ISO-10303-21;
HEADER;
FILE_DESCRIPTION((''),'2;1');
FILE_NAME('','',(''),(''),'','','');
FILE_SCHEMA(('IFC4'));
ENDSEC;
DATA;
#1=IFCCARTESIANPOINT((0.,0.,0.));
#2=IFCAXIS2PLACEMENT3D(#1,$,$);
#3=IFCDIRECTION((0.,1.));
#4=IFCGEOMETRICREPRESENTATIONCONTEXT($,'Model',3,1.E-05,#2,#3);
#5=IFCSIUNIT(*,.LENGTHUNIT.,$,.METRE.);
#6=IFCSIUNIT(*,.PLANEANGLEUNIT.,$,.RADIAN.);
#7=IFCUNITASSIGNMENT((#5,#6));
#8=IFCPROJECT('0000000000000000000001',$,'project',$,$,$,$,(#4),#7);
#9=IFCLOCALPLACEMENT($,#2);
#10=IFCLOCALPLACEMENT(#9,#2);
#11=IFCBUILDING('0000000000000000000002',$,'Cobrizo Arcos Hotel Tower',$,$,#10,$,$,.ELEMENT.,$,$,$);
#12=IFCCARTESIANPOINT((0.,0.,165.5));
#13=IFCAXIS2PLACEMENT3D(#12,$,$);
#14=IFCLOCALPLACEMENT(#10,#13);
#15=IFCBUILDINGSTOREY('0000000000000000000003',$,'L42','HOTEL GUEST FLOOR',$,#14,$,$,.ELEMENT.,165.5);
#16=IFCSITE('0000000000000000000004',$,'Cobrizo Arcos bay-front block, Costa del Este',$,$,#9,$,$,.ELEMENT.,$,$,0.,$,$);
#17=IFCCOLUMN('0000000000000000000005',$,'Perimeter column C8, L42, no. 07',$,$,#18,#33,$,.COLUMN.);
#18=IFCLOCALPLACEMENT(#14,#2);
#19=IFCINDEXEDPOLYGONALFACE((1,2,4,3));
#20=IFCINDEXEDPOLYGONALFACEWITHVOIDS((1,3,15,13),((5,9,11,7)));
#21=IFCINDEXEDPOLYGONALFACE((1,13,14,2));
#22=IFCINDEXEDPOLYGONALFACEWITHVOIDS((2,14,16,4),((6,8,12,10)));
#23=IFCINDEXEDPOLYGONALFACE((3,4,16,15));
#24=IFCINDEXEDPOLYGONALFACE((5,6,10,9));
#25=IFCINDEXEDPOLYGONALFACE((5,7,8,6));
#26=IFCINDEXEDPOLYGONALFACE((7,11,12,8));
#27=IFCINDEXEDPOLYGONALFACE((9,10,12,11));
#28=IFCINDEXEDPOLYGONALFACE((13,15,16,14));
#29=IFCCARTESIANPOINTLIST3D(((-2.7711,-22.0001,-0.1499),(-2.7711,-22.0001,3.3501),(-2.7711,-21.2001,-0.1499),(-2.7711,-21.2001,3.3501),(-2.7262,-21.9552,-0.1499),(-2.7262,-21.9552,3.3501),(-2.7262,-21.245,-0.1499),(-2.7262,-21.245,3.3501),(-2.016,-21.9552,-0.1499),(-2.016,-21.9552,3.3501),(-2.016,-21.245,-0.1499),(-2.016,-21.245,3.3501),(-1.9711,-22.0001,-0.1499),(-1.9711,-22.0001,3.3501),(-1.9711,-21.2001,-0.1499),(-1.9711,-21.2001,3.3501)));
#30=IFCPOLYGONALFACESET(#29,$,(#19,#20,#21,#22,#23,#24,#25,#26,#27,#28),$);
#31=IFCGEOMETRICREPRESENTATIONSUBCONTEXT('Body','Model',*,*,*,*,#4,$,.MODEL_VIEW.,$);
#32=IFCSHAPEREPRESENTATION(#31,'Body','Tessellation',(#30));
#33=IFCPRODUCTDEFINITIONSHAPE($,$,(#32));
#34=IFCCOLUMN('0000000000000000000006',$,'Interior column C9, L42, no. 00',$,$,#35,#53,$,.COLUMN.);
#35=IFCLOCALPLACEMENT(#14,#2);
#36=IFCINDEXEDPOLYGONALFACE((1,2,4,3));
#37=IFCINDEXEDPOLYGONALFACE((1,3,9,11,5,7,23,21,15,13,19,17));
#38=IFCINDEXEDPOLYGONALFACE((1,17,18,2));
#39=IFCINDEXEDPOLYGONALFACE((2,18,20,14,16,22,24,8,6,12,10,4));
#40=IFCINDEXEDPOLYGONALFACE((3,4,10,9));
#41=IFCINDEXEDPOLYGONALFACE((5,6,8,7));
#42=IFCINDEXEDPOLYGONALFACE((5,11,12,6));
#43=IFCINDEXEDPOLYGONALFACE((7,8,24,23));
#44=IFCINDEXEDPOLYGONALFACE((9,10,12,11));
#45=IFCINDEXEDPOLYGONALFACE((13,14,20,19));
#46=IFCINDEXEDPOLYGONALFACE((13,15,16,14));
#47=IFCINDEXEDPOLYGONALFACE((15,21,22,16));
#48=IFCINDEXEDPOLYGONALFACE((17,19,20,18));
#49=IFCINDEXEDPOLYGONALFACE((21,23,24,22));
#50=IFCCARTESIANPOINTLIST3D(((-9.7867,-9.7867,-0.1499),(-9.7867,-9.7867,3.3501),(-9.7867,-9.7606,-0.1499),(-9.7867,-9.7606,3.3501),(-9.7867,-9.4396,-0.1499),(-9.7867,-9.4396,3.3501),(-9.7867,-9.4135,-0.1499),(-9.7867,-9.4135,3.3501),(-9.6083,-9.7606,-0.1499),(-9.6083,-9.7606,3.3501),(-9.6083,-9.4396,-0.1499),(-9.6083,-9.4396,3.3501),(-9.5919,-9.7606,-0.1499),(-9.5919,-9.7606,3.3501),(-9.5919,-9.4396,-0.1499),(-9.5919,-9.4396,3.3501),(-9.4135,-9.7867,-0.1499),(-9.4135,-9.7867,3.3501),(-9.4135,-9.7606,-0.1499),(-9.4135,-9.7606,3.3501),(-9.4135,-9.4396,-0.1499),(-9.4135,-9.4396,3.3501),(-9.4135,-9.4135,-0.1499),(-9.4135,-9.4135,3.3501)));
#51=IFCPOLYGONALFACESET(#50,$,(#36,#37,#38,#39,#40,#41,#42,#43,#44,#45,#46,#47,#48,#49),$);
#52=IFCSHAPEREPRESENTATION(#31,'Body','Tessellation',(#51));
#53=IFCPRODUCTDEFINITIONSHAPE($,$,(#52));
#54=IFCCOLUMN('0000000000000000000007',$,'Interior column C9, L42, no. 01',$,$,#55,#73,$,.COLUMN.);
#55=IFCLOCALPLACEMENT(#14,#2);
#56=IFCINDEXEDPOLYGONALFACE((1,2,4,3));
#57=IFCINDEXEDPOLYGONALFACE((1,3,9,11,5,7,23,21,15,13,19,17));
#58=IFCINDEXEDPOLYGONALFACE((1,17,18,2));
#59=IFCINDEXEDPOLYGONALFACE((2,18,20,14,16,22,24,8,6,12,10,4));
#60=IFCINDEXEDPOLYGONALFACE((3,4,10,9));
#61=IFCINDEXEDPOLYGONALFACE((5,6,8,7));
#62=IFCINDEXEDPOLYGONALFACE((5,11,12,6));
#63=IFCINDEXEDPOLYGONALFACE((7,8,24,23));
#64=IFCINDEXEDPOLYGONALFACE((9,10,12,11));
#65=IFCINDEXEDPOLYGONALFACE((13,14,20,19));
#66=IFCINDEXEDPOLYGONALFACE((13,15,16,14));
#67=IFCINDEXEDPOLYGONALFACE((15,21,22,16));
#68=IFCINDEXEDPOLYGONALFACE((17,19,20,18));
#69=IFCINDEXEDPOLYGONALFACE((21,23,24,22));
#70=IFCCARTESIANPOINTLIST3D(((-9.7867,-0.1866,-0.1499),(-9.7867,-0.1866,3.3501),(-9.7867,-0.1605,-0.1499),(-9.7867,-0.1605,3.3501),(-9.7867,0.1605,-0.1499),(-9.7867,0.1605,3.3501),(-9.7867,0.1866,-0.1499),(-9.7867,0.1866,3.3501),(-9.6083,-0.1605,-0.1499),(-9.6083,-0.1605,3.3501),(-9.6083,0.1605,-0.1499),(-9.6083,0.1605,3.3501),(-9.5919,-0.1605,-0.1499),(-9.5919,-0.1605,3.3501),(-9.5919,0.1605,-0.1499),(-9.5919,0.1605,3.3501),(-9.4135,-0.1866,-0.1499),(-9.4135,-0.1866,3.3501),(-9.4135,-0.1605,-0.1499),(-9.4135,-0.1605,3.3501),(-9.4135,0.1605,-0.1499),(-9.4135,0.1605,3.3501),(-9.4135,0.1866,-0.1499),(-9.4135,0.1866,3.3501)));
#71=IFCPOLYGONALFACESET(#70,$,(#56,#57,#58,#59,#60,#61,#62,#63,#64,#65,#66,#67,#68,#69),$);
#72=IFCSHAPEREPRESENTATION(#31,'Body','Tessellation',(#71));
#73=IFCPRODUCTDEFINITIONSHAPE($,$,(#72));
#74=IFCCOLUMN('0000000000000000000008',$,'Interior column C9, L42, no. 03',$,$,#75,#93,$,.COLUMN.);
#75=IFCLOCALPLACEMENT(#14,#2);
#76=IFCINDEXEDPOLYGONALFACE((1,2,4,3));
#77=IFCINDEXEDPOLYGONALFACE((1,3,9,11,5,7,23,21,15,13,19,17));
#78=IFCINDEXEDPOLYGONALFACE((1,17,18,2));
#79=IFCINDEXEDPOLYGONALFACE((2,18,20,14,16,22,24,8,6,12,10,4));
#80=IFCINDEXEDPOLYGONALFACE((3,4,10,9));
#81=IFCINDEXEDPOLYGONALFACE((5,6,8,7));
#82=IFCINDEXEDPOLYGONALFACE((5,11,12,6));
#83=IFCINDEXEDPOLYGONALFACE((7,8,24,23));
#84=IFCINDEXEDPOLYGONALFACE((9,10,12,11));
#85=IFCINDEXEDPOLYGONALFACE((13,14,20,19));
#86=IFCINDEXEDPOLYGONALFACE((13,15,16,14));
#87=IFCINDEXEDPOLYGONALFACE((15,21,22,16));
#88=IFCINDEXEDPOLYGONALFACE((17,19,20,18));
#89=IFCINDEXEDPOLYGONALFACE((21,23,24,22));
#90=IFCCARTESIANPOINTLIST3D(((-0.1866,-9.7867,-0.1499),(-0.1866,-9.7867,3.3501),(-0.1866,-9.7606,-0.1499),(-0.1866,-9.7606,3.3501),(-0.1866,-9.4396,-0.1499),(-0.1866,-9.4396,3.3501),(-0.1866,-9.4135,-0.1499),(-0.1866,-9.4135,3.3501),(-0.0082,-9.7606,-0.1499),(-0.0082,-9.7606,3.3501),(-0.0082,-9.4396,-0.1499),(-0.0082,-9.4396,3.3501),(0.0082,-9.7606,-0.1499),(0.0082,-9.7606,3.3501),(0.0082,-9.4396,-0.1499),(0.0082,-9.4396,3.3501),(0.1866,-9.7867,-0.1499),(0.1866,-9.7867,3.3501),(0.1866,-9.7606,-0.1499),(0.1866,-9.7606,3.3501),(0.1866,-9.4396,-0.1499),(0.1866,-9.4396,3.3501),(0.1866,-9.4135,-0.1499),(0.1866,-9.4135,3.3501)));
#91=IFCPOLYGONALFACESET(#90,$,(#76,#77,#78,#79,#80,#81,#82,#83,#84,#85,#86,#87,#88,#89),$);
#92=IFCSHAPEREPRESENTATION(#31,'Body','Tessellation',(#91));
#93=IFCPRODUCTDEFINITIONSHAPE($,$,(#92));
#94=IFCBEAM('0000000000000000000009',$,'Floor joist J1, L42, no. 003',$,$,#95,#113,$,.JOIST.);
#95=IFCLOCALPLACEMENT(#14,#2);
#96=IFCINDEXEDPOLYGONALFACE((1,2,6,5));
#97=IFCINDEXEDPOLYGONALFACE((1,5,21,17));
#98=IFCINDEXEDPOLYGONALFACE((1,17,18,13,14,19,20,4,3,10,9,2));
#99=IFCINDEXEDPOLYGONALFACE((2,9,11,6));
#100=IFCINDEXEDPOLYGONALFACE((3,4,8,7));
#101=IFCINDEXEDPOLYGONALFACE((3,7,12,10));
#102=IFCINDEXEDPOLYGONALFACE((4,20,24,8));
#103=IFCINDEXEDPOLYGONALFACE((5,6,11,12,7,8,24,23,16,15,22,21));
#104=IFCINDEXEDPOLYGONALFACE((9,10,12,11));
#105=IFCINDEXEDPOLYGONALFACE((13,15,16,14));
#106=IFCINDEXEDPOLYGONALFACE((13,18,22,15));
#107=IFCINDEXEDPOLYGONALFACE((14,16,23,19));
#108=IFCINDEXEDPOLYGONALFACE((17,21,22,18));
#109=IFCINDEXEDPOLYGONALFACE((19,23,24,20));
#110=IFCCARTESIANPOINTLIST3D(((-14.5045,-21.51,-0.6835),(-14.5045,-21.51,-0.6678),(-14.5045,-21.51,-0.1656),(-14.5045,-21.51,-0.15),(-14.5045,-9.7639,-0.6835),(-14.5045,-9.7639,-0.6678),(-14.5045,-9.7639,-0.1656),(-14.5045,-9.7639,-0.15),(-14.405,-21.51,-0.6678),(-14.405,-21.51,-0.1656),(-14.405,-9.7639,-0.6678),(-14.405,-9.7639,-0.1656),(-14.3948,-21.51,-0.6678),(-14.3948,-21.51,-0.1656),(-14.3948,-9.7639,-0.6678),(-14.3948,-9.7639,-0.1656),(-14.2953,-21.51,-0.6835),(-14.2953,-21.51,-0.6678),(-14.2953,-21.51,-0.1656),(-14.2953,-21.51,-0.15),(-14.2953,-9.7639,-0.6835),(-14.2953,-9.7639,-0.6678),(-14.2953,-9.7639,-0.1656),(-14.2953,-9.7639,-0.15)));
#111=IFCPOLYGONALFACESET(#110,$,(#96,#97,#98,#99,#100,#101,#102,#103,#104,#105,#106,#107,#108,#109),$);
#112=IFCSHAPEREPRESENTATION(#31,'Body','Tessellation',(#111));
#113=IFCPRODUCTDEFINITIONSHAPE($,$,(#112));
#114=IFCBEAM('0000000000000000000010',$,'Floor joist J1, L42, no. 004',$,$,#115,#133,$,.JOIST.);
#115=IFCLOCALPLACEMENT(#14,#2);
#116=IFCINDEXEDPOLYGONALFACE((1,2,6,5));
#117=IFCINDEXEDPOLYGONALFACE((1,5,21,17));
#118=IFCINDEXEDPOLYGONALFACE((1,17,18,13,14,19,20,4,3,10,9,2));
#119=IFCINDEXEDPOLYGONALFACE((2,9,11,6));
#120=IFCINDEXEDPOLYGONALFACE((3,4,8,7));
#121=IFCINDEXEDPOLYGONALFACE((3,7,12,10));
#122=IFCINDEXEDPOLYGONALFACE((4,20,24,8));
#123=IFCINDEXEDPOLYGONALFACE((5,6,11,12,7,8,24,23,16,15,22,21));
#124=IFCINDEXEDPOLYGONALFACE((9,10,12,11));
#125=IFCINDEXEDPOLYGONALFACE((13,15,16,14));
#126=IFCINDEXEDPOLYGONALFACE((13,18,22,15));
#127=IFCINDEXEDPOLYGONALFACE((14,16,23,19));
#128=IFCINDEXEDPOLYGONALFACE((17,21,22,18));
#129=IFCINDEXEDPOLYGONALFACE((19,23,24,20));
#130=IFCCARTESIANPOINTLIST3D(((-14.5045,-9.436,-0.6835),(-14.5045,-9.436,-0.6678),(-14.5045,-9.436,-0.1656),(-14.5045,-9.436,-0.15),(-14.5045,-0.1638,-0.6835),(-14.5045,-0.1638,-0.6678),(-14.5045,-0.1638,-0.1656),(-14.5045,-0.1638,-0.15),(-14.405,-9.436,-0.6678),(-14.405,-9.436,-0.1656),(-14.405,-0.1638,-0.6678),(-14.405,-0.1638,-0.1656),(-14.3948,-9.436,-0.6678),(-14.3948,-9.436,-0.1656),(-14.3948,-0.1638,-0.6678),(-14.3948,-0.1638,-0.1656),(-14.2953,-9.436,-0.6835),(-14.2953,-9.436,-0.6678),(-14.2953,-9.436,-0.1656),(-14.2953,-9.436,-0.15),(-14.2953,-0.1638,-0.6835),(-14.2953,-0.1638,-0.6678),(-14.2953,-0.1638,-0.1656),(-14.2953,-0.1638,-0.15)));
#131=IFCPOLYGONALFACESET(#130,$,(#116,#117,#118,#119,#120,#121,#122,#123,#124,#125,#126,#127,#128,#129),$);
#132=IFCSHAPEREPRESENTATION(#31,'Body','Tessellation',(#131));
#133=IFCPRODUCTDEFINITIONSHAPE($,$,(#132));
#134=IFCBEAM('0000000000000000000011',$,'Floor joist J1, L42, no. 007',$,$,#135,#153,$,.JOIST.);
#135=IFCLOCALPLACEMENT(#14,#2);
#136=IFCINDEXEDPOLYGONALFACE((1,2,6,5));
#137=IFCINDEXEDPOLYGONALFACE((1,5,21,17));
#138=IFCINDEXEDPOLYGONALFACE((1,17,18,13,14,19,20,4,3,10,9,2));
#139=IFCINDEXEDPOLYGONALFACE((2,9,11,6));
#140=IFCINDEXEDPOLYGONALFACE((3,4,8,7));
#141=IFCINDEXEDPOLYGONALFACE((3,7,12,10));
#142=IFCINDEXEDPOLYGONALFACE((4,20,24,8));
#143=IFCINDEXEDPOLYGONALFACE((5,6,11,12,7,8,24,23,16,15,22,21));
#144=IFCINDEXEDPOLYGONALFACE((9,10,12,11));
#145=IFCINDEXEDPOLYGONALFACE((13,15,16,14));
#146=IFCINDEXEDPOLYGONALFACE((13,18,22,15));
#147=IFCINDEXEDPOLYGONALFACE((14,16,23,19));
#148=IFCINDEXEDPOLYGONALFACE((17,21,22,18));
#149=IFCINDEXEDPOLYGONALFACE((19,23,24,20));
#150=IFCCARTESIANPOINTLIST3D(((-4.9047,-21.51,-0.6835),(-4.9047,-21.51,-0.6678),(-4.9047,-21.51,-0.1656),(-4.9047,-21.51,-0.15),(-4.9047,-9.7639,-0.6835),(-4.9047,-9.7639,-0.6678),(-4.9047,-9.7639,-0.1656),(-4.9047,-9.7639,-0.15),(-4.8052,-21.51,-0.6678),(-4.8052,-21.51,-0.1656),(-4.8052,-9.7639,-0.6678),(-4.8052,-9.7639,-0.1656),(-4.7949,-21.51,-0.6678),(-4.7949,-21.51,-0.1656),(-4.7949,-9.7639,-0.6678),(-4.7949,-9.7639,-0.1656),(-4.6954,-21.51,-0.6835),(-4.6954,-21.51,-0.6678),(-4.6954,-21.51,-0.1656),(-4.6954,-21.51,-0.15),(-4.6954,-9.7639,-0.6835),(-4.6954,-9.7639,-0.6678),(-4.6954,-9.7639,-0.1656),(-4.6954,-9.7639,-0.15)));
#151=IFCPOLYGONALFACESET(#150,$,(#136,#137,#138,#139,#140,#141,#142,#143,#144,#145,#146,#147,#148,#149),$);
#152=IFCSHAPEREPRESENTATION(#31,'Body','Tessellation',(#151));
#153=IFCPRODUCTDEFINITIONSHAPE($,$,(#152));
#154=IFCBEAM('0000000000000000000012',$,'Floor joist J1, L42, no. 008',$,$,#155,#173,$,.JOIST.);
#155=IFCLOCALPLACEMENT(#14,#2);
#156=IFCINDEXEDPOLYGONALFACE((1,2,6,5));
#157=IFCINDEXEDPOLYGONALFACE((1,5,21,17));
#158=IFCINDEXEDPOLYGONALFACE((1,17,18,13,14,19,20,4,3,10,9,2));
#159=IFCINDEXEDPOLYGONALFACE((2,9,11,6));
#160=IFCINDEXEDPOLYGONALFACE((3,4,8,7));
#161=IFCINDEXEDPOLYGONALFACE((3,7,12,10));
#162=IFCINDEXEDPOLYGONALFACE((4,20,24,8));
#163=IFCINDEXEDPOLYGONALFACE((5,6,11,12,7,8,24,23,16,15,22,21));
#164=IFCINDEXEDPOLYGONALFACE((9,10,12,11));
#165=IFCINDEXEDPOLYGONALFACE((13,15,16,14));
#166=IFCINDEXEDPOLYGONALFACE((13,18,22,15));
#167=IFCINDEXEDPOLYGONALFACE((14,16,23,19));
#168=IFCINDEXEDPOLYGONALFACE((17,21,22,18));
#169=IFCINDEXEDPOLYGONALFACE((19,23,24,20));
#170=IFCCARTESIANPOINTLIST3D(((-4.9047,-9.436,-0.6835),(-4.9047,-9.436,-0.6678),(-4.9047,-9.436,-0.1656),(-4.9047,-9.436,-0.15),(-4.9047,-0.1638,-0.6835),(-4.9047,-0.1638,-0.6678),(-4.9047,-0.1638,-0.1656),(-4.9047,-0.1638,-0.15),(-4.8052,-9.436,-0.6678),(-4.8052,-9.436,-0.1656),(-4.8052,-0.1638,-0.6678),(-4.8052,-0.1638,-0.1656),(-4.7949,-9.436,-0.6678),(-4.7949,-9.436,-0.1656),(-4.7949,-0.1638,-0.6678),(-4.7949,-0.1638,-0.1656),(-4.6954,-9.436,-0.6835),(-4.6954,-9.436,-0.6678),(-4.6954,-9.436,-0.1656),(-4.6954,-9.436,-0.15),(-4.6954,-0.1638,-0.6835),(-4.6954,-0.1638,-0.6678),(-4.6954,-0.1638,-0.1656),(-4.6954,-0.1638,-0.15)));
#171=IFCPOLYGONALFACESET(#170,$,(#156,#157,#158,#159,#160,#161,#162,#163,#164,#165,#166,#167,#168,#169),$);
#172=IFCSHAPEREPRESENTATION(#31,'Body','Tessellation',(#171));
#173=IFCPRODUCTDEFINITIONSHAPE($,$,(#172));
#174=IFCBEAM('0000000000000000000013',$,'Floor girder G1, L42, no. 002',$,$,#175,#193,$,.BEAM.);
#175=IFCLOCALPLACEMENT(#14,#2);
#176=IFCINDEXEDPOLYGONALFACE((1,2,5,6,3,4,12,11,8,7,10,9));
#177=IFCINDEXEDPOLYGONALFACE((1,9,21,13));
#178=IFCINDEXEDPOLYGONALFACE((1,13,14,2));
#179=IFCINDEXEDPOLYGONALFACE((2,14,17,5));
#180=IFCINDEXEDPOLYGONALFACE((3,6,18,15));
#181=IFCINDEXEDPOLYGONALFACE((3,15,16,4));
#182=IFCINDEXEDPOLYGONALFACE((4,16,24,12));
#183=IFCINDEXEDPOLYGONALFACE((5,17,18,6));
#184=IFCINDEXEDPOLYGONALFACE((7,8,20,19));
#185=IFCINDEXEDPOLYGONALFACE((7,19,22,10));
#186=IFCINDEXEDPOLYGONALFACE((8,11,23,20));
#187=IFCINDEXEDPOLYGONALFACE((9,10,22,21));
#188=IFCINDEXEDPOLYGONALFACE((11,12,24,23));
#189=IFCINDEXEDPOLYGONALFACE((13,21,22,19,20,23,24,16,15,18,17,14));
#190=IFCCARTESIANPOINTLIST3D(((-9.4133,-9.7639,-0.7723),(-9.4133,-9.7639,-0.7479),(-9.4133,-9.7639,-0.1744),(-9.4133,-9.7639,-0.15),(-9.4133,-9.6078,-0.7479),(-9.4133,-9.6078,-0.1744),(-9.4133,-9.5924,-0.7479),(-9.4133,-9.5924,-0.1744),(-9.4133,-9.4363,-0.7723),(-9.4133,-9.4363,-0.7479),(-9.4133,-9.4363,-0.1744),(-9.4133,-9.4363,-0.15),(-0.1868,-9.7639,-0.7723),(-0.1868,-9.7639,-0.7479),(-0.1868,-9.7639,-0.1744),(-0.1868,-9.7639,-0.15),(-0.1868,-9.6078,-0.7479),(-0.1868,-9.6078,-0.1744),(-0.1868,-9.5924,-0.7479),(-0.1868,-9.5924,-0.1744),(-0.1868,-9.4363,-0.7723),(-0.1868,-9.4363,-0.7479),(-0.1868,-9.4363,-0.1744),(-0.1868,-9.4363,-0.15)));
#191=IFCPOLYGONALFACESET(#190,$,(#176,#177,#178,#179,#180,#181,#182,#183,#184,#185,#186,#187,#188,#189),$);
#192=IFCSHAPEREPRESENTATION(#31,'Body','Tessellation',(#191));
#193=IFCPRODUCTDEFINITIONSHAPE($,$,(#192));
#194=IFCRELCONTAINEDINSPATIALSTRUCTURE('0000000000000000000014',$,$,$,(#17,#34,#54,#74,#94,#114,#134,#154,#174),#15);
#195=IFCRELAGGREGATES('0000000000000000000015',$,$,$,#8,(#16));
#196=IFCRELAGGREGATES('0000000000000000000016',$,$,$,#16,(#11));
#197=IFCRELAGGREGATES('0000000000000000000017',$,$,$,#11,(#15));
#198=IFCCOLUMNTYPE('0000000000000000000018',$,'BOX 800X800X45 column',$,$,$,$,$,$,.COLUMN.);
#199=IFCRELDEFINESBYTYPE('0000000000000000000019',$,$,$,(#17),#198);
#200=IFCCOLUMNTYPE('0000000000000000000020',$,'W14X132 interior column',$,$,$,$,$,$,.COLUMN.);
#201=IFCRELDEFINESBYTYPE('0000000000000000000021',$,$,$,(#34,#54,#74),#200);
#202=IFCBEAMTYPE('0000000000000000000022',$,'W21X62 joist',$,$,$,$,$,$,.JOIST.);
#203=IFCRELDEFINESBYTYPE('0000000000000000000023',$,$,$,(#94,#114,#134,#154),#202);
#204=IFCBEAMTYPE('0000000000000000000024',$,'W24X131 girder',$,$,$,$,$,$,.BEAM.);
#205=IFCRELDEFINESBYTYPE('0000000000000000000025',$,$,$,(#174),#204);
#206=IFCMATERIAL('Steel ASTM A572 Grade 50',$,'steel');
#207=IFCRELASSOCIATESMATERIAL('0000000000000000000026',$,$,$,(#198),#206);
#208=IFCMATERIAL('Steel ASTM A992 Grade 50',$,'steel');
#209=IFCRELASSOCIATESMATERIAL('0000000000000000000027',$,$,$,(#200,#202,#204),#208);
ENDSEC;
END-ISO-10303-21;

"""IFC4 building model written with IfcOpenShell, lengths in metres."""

from ifc_helpers import new_model, si_unit, direction, frame, origin, origin_2d, place, context, subcontext, project, spatial, hollow_rectangle, i_section, extrude, material, material_profile, profile_set, type_object, element, save


model = new_model("IFC4")

# Units and contexts
model_context = context("Model", 3, precision=1e-05, world=origin(), true_north=direction((0.0, 1.0)))
body_context = subcontext(model_context, "Body", "Model", "MODEL_VIEW")
ifc_project = project(units=[si_unit("LENGTHUNIT", "METRE"), si_unit("PLANEANGLEUNIT", "RADIAN")], contexts=[model_context])

# Site, building, storey
site_placement = place(None, origin())
site = spatial("IfcSite", under=ifc_project, at=site_placement, Name="Cobrizo Arcos bay-front block, Costa del Este", CompositionType="ELEMENT", RefElevation=0.0)
building_placement = place(site_placement, origin())
building = spatial("IfcBuilding", under=site, at=building_placement, Name="Cobrizo Arcos Hotel Tower", CompositionType="ELEMENT")
storey_placement = place(building_placement, frame((0.0, 0.0, 165.5)))
storey = spatial("IfcBuildingStorey", under=building, at=storey_placement, Name="L42", Description="HOTEL GUEST FLOOR", CompositionType="ELEMENT", Elevation=165.5)

# Columns
ifc_material_1 = material(Name="Steel ASTM A572 Grade 50", Category="steel")
ifc_material_profile_1 = material_profile(ifc_material_1, hollow_rectangle(XDim=0.8, YDim=0.8, WallThickness=0.0449, at=origin_2d()), Name="BOX 800X800X45")
ifc_profile_set_1 = profile_set([ifc_material_profile_1], Name="Steel ASTM A572 Grade 50")
column_type_1 = type_object("IfcColumnType", Name="BOX 800X800X45 column", PredefinedType="COLUMN", material=ifc_profile_set_1)
column_placement = place(storey_placement, frame((-2.3711, -21.6001, -0.1499), z_axis=(0.0, 0.0, 1.0), x_axis=(1.0, 0.0, 0.0)))
element("IfcColumn", 1, at=column_placement, inside=storey, type_object=column_type_1, Name="Perimeter column C8, L42, no. 07", PredefinedType="COLUMN", context=body_context, shape_type="SweptSolid", body=[
    extrude(hollow_rectangle(XDim=0.8, YDim=0.8, WallThickness=0.0449, at=origin_2d()), origin(), (0.0, 0.0, 1.0), 3.5),
])
ifc_material_2 = material(Name="Steel ASTM A992 Grade 50", Category="steel")
ifc_material_profile_2 = material_profile(ifc_material_2, i_section(OverallWidth=0.3733, OverallDepth=0.3733, WebThickness=0.0164, FlangeThickness=0.0261, at=origin_2d()), Name="W14X132")
ifc_profile_set_2 = profile_set([ifc_material_profile_2], Name="Steel ASTM A992 Grade 50")
column_type_2 = type_object("IfcColumnType", Name="W14X132 interior column", PredefinedType="COLUMN", material=ifc_profile_set_2)
for number, where, z_axis, x_axis, name in (
    (2, (-9.6001, -9.6001, -0.1499), (0.0, 0.0, 1.0), (1.0, 0.0, 0.0), "Interior column C9, L42, no. 00"),
    (3, (-9.6001, 0.0, -0.1499), (0.0, 0.0, 1.0), (1.0, 0.0, 0.0), "Interior column C9, L42, no. 01"),
    (4, (0.0, -9.6001, -0.1499), (0.0, 0.0, 1.0), (1.0, 0.0, 0.0), "Interior column C9, L42, no. 03"),
):
    element("IfcColumn", number, at=place(storey_placement, frame(where, z_axis=z_axis, x_axis=x_axis)), inside=storey, type_object=column_type_2, Name=name, PredefinedType="COLUMN", context=body_context, shape_type="SweptSolid", body=[
        extrude(i_section(OverallWidth=0.3733, OverallDepth=0.3733, WebThickness=0.0164, FlangeThickness=0.0261, at=origin_2d()), origin(), (0.0, 0.0, 1.0), 3.5),
    ])

# Beams
ifc_material_profile_3 = material_profile(ifc_material_2, i_section(OverallWidth=0.2092, OverallDepth=0.5334, WebThickness=0.0103, FlangeThickness=0.0156, at=origin_2d()), Name="W21X62")
ifc_profile_set_3 = profile_set([ifc_material_profile_3], Name="Steel ASTM A992 Grade 50")
beam_type_1 = type_object("IfcBeamType", Name="W21X62 joist", PredefinedType="JOIST", material=ifc_profile_set_3)
beam_1_placement = place(storey_placement, frame((-14.3999, -21.51, -0.4167), z_axis=(0.0, 1.0, 0.0), x_axis=(-1.0, 0.0, 0.0)))
element("IfcBeam", 5, at=beam_1_placement, inside=storey, type_object=beam_type_1, Name="Floor joist J1, L42, no. 003", PredefinedType="JOIST", context=body_context, shape_type="SweptSolid", body=[
    extrude(i_section(OverallWidth=0.2092, OverallDepth=0.5334, WebThickness=0.0103, FlangeThickness=0.0156, at=origin_2d()), origin(), (0.0, 0.0, 1.0), 11.7461),
])
beam_2_placement = place(storey_placement, frame((-14.3999, -9.436, -0.4167), z_axis=(0.0, 1.0, 0.0), x_axis=(-1.0, 0.0, 0.0)))
element("IfcBeam", 6, at=beam_2_placement, inside=storey, type_object=beam_type_1, Name="Floor joist J1, L42, no. 004", PredefinedType="JOIST", context=body_context, shape_type="SweptSolid", body=[
    extrude(i_section(OverallWidth=0.2092, OverallDepth=0.5334, WebThickness=0.0103, FlangeThickness=0.0156, at=origin_2d()), origin(), (0.0, 0.0, 1.0), 9.2722),
])
beam_3_placement = place(storey_placement, frame((-4.8, -21.51, -0.4167), z_axis=(0.0, 1.0, 0.0), x_axis=(-1.0, 0.0, 0.0)))
element("IfcBeam", 7, at=beam_3_placement, inside=storey, type_object=beam_type_1, Name="Floor joist J1, L42, no. 007", PredefinedType="JOIST", context=body_context, shape_type="SweptSolid", body=[
    extrude(i_section(OverallWidth=0.2092, OverallDepth=0.5334, WebThickness=0.0103, FlangeThickness=0.0156, at=origin_2d()), origin(), (0.0, 0.0, 1.0), 11.7461),
])
beam_4_placement = place(storey_placement, frame((-4.8, -9.436, -0.4167), z_axis=(0.0, 1.0, 0.0), x_axis=(-1.0, 0.0, 0.0)))
element("IfcBeam", 8, at=beam_4_placement, inside=storey, type_object=beam_type_1, Name="Floor joist J1, L42, no. 008", PredefinedType="JOIST", context=body_context, shape_type="SweptSolid", body=[
    extrude(i_section(OverallWidth=0.2092, OverallDepth=0.5334, WebThickness=0.0103, FlangeThickness=0.0156, at=origin_2d()), origin(), (0.0, 0.0, 1.0), 9.2722),
])
ifc_material_profile_4 = material_profile(ifc_material_2, i_section(OverallWidth=0.3276, OverallDepth=0.6223, WebThickness=0.0154, FlangeThickness=0.0244, at=origin_2d()), Name="W24X131")
ifc_profile_set_4 = profile_set([ifc_material_profile_4], Name="Steel ASTM A992 Grade 50")
beam_type_2 = type_object("IfcBeamType", Name="W24X131 girder", PredefinedType="BEAM", material=ifc_profile_set_4)
for number, where, z_axis, x_axis, name in (
    (9, (-9.4133, -9.6001, -0.4612), (1.0, 0.0, 0.0), (0.0, 1.0, 0.0), "Floor girder G1, L42, no. 002"),
):
    element("IfcBeam", number, at=place(storey_placement, frame(where, z_axis=z_axis, x_axis=x_axis)), inside=storey, type_object=beam_type_2, Name=name, PredefinedType="BEAM", context=body_context, shape_type="SweptSolid", body=[
        extrude(i_section(OverallWidth=0.3276, OverallDepth=0.6223, WebThickness=0.0154, FlangeThickness=0.0244, at=origin_2d()), origin(), (0.0, 0.0, 1.0), 9.2266),
    ])

save(model, "model.ifc")
